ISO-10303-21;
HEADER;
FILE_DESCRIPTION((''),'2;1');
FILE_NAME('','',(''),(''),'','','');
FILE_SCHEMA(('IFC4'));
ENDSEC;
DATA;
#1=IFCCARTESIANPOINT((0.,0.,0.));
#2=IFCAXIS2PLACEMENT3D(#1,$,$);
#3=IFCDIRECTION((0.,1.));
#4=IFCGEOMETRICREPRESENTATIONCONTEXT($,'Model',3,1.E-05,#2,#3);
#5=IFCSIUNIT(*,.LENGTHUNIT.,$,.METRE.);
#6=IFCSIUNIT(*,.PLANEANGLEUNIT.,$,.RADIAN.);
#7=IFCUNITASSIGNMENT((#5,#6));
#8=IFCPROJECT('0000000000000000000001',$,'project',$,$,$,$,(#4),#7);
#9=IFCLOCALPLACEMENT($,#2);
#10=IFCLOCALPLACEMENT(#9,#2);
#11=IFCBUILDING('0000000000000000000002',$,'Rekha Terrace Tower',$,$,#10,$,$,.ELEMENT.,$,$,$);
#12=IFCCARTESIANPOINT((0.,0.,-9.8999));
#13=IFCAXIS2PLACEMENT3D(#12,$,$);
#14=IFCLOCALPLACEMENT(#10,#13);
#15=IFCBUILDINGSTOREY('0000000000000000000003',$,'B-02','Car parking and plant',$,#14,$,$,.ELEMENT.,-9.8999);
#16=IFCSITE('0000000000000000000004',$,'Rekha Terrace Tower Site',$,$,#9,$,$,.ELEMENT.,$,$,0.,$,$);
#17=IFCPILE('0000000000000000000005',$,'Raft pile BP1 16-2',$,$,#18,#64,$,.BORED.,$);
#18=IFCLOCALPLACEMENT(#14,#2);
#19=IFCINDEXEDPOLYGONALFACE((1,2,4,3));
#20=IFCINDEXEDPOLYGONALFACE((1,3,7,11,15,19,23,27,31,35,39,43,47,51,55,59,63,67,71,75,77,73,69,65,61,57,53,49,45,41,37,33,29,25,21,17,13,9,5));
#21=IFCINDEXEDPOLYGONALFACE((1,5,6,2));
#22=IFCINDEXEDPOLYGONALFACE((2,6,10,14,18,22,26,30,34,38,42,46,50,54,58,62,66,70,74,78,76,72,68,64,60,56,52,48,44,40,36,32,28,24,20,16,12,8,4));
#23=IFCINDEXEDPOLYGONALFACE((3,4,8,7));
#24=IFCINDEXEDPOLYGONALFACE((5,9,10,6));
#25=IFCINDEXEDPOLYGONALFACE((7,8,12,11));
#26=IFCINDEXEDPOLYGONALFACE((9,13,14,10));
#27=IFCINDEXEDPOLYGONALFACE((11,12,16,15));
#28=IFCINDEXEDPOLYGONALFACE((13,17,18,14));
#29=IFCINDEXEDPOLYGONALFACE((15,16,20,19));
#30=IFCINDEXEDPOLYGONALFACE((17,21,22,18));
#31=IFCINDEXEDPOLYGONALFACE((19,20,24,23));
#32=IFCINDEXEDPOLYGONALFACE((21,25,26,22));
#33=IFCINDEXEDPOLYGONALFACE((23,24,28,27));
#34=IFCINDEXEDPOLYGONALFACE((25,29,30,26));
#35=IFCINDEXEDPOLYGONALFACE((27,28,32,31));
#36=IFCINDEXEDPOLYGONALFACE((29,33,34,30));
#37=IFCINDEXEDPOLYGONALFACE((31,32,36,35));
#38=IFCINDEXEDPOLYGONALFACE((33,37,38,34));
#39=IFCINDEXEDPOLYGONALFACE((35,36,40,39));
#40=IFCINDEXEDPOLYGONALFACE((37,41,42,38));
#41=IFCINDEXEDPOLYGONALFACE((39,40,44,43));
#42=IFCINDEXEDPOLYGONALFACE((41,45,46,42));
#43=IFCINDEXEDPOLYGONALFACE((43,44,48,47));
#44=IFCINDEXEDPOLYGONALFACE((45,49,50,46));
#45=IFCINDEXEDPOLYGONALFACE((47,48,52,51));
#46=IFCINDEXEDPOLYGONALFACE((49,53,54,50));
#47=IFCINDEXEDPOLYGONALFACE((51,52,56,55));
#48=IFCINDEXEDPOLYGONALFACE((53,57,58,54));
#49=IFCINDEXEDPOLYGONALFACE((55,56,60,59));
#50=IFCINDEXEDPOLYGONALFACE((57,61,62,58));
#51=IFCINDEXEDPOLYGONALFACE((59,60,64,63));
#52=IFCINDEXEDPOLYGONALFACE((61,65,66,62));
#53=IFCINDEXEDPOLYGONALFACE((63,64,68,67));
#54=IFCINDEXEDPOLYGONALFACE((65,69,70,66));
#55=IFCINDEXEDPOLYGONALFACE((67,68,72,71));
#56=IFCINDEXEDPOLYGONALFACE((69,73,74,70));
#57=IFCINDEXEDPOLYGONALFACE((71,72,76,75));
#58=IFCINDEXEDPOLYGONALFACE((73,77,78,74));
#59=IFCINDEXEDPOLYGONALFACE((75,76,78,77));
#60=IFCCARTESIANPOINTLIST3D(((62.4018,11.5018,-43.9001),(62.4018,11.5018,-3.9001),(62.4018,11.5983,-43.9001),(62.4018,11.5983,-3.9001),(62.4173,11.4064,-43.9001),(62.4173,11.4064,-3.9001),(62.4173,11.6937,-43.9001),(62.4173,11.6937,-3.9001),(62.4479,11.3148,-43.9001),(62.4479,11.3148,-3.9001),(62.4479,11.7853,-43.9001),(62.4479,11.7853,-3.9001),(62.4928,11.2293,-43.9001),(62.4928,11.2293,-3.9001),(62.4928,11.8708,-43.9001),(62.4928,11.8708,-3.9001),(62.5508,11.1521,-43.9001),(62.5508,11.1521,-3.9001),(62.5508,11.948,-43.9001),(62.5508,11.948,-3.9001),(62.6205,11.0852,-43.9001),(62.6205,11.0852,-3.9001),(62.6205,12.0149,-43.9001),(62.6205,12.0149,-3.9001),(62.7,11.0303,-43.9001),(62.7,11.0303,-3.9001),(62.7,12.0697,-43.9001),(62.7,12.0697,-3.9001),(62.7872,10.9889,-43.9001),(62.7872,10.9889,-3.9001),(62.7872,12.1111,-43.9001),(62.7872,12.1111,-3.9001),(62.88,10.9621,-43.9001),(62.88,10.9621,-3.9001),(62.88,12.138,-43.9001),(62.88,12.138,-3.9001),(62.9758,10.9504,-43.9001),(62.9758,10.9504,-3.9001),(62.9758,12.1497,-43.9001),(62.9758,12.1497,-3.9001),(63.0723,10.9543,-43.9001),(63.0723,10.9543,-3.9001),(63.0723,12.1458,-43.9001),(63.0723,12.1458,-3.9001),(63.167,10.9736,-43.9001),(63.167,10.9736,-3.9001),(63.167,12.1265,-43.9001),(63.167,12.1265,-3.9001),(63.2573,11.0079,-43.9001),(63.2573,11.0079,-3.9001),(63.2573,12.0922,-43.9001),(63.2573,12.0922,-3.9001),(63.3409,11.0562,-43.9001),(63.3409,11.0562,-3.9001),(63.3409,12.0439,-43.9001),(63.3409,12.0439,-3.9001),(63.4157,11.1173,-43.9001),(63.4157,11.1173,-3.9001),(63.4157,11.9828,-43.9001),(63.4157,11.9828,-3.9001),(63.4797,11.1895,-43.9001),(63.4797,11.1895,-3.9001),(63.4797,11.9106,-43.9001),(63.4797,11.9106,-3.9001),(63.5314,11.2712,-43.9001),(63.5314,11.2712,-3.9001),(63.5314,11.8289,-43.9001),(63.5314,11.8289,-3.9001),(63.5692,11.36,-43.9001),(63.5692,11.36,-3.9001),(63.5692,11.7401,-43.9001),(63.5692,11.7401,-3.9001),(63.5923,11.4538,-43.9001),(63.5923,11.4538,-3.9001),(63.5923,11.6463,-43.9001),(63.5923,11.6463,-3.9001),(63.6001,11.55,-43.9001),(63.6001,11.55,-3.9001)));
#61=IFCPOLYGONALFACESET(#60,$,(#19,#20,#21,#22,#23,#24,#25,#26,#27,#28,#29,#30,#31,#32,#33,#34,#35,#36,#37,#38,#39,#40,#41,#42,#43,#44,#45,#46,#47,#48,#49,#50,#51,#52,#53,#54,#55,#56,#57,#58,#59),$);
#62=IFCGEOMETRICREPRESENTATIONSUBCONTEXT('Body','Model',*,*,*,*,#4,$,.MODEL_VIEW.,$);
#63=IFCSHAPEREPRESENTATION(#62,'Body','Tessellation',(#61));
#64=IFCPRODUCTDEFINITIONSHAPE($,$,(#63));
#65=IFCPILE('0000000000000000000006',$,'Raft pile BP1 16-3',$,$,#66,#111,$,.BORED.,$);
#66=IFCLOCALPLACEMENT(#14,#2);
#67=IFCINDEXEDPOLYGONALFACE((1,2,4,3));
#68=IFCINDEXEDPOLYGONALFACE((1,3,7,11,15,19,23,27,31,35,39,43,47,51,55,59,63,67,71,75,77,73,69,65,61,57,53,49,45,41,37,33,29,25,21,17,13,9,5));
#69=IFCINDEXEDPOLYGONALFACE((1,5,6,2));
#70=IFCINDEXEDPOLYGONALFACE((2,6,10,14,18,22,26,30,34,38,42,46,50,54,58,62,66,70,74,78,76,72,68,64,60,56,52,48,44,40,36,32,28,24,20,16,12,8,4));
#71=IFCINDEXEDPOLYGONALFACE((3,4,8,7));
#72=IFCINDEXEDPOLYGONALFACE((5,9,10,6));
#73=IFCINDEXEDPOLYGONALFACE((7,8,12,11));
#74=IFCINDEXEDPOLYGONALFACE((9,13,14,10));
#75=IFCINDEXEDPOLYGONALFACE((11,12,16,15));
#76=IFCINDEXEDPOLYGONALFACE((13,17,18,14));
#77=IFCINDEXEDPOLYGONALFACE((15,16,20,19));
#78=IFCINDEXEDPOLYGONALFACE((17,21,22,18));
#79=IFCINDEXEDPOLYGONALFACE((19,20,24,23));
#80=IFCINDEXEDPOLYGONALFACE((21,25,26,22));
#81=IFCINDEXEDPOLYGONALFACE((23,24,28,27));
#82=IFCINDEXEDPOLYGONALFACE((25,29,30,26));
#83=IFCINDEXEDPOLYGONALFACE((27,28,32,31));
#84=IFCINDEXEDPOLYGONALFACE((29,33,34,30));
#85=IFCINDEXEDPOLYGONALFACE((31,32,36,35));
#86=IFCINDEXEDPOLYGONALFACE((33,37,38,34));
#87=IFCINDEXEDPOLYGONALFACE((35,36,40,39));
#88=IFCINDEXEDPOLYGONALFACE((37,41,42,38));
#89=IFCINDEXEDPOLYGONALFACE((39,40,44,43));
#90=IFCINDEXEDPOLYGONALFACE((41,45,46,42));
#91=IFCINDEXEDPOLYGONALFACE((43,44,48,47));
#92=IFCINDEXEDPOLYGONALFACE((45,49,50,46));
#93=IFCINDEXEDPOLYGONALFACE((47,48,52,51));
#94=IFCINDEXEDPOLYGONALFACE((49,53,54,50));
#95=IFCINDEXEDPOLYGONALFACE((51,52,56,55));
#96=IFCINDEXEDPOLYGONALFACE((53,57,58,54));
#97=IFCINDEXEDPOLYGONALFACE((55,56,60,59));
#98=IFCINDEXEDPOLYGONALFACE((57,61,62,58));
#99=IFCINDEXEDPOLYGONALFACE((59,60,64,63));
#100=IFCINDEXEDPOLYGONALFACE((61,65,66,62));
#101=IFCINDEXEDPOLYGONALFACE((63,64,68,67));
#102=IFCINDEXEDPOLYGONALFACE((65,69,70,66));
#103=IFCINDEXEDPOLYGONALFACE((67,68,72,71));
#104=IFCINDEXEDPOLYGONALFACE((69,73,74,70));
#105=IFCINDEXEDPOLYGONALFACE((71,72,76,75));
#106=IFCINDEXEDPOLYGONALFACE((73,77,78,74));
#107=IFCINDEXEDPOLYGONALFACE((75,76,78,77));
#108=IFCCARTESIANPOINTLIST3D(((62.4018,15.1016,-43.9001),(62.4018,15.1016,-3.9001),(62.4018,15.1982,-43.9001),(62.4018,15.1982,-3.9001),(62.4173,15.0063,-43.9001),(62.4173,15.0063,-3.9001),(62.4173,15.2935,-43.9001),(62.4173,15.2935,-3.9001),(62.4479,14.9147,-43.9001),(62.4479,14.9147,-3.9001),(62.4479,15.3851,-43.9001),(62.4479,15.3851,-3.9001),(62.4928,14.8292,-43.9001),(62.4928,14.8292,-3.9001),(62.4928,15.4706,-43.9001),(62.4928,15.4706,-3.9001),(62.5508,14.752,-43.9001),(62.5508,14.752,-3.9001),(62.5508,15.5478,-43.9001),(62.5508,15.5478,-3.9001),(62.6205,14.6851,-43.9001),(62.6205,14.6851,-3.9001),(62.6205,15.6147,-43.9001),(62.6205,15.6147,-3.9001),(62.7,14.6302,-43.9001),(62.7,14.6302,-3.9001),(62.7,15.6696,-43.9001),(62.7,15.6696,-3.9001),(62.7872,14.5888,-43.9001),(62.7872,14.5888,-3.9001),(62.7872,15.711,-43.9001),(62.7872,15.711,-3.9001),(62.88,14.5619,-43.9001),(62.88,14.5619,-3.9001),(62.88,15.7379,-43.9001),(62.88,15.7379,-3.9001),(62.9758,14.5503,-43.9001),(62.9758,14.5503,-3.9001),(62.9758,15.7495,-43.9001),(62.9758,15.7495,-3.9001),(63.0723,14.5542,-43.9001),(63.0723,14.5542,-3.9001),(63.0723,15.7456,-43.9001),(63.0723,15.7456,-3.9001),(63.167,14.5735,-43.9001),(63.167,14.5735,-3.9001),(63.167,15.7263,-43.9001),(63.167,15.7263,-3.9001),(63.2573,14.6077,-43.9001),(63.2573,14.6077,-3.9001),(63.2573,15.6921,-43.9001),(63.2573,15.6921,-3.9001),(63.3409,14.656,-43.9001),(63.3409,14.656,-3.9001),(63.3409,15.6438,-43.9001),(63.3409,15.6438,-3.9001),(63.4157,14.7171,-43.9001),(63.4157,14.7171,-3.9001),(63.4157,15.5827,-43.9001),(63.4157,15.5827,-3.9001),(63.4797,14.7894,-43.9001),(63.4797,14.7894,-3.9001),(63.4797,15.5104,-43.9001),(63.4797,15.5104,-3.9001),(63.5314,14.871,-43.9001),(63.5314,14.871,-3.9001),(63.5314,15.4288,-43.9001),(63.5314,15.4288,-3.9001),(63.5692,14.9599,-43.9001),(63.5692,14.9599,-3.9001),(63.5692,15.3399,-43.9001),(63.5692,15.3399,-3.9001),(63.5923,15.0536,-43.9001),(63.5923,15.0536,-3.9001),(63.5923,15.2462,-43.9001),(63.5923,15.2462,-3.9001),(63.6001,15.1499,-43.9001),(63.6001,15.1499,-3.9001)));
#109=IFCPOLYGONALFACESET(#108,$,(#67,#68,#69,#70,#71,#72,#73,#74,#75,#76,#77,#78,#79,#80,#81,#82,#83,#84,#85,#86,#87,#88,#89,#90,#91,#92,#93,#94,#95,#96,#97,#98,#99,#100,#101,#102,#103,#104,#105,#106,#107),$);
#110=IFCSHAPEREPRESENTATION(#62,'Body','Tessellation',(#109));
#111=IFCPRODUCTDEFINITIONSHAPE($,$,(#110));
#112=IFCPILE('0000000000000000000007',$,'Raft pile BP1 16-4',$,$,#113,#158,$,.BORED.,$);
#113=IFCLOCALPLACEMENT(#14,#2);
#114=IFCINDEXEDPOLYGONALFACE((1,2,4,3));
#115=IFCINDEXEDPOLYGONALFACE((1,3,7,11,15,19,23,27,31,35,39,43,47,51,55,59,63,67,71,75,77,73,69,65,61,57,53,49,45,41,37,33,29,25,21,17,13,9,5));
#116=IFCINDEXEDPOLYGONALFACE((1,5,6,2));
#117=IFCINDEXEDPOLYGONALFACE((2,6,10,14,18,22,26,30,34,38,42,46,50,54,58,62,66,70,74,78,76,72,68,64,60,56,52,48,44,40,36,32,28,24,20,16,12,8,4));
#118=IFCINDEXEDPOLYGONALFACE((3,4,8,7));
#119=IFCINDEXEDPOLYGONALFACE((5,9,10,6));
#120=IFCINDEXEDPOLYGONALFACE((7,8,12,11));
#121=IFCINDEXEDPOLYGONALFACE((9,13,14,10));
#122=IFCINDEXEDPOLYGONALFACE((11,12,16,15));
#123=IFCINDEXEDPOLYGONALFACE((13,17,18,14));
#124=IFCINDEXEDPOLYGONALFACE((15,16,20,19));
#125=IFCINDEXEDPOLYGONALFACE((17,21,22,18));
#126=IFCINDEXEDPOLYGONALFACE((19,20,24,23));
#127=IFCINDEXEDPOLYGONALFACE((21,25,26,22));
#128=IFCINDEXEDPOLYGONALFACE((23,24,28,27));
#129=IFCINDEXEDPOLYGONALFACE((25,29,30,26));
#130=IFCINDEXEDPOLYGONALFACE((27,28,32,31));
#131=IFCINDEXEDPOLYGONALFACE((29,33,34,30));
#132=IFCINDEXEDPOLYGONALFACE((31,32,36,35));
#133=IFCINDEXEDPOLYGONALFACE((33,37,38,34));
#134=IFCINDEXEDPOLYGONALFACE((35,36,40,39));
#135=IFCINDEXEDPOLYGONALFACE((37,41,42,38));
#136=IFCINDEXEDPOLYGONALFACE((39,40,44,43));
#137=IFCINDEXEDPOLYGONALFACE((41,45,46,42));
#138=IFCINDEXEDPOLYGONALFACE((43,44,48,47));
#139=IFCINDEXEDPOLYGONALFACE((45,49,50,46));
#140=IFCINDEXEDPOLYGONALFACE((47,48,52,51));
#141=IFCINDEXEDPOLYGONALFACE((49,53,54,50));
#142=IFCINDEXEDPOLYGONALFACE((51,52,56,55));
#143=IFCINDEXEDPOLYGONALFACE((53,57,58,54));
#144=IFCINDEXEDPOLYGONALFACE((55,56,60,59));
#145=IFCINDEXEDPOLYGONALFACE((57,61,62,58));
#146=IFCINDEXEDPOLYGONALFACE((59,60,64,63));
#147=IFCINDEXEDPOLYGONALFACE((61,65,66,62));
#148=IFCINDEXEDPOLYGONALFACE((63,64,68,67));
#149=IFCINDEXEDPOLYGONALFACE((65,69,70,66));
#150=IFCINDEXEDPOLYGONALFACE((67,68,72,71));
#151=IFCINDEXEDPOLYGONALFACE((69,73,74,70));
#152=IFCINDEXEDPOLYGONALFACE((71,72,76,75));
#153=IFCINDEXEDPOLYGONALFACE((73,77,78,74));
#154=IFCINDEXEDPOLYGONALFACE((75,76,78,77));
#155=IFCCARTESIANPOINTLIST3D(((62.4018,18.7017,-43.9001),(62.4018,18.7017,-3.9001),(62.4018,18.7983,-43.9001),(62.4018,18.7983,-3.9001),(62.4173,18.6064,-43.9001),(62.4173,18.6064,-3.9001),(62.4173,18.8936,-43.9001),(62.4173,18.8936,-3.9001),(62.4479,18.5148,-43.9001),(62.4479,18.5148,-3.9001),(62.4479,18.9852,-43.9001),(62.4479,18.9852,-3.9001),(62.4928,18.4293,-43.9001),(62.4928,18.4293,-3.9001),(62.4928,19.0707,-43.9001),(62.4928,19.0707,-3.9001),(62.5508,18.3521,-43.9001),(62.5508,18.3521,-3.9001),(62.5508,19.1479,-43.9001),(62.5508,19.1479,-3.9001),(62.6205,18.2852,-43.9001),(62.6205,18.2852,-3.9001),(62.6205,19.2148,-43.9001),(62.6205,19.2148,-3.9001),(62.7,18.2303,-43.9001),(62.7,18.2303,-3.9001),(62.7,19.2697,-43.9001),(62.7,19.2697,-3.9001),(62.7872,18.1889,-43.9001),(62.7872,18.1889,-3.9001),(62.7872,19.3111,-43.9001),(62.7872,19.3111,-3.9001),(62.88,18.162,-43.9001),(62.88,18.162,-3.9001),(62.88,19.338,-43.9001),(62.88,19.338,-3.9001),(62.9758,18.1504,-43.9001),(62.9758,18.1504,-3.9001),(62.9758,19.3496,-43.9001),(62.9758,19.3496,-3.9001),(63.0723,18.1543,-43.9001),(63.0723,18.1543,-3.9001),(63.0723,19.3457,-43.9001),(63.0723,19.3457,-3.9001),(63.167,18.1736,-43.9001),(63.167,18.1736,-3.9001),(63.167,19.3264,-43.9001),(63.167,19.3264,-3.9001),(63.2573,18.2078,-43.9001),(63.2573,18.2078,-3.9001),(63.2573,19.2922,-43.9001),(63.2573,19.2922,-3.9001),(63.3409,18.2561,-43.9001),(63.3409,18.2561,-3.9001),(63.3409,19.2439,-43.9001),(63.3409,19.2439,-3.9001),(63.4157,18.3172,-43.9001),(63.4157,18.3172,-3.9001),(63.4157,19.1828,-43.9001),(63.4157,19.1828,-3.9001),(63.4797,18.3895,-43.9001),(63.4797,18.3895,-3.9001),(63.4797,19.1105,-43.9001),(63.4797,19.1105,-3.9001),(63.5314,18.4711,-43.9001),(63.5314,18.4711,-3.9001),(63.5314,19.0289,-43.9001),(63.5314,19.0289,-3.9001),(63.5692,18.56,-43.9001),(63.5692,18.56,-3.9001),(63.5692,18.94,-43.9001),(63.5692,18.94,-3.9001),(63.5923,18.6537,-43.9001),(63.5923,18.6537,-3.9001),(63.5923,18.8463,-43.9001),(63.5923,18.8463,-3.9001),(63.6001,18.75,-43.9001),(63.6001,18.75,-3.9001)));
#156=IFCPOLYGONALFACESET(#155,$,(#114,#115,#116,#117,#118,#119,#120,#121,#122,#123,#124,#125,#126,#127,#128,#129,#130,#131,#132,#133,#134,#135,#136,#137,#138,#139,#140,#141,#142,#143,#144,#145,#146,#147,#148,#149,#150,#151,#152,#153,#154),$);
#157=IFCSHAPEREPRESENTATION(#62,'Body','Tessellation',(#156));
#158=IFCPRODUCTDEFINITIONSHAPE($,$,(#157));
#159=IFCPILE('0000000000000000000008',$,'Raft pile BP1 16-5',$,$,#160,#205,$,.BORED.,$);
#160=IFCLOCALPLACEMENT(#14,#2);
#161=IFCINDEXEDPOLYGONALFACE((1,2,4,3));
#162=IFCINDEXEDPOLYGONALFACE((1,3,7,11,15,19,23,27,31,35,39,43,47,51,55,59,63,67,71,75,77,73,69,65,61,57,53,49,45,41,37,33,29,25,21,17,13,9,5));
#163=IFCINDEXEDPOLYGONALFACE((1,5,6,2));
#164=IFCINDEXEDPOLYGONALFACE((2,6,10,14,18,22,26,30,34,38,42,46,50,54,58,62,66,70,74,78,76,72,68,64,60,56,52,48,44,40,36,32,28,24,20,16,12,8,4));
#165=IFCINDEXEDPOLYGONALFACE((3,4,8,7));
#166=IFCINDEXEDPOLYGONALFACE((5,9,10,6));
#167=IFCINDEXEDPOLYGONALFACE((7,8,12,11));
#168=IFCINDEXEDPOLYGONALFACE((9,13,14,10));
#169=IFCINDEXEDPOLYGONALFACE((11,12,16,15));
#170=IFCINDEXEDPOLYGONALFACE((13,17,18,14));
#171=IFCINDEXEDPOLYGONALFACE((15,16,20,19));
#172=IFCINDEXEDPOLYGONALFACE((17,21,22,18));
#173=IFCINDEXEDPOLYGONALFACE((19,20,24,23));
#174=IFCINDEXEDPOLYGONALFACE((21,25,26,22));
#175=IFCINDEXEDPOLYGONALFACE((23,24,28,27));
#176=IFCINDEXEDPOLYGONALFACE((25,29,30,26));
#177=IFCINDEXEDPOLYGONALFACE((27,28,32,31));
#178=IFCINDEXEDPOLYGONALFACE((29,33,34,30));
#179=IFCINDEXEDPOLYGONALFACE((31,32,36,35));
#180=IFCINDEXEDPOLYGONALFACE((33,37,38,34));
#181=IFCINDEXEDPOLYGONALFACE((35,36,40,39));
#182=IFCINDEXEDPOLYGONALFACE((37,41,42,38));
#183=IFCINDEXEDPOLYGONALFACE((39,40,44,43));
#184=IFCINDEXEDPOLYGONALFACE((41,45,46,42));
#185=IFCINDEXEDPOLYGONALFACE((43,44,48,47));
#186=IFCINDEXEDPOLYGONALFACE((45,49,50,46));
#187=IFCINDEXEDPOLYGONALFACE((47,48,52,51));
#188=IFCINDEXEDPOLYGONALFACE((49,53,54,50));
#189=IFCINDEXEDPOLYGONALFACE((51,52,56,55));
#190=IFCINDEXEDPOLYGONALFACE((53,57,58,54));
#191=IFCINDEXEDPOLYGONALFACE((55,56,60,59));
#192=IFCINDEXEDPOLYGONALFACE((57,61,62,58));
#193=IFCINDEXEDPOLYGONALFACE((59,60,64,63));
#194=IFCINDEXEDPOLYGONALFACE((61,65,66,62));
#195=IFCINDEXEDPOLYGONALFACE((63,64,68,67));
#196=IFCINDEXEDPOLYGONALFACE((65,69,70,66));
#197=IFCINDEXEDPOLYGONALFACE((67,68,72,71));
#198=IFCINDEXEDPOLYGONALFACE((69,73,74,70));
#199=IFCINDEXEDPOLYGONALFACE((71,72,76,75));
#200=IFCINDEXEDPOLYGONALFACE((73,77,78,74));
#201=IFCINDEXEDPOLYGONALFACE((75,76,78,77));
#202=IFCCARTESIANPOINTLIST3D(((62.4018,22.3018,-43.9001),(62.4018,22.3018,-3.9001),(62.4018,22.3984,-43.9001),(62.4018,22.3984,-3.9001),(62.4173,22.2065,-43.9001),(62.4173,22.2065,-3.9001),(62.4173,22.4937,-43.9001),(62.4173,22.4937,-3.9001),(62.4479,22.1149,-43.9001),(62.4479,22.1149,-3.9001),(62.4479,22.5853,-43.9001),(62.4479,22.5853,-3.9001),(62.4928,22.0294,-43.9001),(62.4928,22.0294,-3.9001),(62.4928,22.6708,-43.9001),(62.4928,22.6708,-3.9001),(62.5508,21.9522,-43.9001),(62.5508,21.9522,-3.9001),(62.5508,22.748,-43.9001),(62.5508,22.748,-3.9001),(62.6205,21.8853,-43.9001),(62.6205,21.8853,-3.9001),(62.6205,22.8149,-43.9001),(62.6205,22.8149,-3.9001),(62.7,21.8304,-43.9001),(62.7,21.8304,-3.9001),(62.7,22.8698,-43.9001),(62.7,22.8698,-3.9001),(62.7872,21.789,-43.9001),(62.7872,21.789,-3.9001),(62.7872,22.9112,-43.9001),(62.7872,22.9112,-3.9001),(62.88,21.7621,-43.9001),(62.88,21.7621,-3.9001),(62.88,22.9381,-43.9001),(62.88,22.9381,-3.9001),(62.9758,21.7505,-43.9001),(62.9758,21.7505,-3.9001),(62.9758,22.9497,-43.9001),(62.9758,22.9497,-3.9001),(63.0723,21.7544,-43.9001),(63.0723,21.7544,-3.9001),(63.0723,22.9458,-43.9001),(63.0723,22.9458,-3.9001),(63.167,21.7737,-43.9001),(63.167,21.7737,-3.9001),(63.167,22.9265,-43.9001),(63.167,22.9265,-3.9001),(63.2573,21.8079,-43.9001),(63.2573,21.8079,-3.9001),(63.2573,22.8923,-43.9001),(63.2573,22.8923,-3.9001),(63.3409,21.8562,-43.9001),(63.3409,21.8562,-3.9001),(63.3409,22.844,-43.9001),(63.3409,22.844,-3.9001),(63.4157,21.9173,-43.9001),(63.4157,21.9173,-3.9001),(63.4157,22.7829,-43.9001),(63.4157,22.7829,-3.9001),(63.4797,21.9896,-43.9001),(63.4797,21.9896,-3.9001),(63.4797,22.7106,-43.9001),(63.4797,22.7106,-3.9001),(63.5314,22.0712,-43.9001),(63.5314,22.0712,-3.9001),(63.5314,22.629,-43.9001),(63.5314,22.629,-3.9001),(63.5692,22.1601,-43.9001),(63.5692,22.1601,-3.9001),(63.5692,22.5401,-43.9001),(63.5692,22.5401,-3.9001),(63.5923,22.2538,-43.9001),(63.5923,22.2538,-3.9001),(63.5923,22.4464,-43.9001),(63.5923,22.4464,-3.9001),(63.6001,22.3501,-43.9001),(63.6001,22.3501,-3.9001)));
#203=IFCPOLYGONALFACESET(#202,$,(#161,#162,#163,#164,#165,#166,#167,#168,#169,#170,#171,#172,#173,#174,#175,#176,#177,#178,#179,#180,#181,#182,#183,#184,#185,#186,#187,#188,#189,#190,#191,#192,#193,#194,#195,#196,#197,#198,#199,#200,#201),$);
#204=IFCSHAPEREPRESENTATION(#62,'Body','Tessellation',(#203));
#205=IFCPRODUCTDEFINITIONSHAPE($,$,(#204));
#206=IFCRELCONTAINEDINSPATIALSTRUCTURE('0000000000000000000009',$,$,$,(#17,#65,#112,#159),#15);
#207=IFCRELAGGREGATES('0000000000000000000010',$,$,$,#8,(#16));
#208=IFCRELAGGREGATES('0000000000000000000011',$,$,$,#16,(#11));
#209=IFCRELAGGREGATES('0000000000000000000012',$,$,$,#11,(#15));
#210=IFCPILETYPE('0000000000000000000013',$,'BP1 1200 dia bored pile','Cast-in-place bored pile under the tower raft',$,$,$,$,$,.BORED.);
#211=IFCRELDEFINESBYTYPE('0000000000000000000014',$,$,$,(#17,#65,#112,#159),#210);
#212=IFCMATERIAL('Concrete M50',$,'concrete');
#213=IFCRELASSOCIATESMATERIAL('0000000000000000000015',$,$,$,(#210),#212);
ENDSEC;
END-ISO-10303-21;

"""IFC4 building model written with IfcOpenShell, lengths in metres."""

from ifc_helpers import new_model, si_unit, direction, frame, origin, origin_2d, place, context, subcontext, project, spatial, circle, extrude, material, type_object, element, save


model = new_model("IFC4")

# Units and contexts
model_context = context("Model", 3, precision=1e-05, world=origin(), true_north=direction((0.0, 1.0)))
body_context = subcontext(model_context, "Body", "Model", "MODEL_VIEW")
ifc_project = project(units=[si_unit("LENGTHUNIT", "METRE"), si_unit("PLANEANGLEUNIT", "RADIAN")], contexts=[model_context])

# Site, building, storey
site_placement = place(None, origin())
site = spatial("IfcSite", under=ifc_project, at=site_placement, Name="Rekha Terrace Tower Site", CompositionType="ELEMENT", RefElevation=0.0)
building_placement = place(site_placement, origin())
building = spatial("IfcBuilding", under=site, at=building_placement, Name="Rekha Terrace Tower", CompositionType="ELEMENT")
storey_placement = place(building_placement, frame((0.0, 0.0, -9.8999)))
storey = spatial("IfcBuildingStorey", under=building, at=storey_placement, Name="B-02", Description="Car parking and plant", CompositionType="ELEMENT", Elevation=-9.8999)

# Piles
ifc_material_1 = material(Name="Concrete M50", Category="concrete")
pile_type = type_object("IfcPileType", Name="BP1 1200 dia bored pile", Description="Cast-in-place bored pile under the tower raft", PredefinedType="BORED", material=ifc_material_1)
for number, where, z_axis, x_axis, name in (
    (1, (63.0, 11.55, -3.9001), (0.0, 0.0, -1.0), (1.0, 0.0, 0.0), "Raft pile BP1 16-2"),
    (2, (63.0, 15.1499, -3.9001), (0.0, 0.0, -1.0), (1.0, 0.0, 0.0), "Raft pile BP1 16-3"),
    (3, (63.0, 18.75, -3.9001), (0.0, 0.0, -1.0), (1.0, 0.0, 0.0), "Raft pile BP1 16-4"),
    (4, (63.0, 22.3501, -3.9001), (0.0, 0.0, -1.0), (1.0, 0.0, 0.0), "Raft pile BP1 16-5"),
):
    element("IfcPile", number, at=place(storey_placement, frame(where, z_axis=z_axis, x_axis=x_axis)), inside=storey, type_object=pile_type, Name=name, PredefinedType="BORED", context=body_context, shape_type="SweptSolid", body=[
        extrude(circle(Radius=0.6001, at=origin_2d()), origin(), (0.0, 0.0, 1.0), 40.0),
    ])

save(model, "model.ifc")
